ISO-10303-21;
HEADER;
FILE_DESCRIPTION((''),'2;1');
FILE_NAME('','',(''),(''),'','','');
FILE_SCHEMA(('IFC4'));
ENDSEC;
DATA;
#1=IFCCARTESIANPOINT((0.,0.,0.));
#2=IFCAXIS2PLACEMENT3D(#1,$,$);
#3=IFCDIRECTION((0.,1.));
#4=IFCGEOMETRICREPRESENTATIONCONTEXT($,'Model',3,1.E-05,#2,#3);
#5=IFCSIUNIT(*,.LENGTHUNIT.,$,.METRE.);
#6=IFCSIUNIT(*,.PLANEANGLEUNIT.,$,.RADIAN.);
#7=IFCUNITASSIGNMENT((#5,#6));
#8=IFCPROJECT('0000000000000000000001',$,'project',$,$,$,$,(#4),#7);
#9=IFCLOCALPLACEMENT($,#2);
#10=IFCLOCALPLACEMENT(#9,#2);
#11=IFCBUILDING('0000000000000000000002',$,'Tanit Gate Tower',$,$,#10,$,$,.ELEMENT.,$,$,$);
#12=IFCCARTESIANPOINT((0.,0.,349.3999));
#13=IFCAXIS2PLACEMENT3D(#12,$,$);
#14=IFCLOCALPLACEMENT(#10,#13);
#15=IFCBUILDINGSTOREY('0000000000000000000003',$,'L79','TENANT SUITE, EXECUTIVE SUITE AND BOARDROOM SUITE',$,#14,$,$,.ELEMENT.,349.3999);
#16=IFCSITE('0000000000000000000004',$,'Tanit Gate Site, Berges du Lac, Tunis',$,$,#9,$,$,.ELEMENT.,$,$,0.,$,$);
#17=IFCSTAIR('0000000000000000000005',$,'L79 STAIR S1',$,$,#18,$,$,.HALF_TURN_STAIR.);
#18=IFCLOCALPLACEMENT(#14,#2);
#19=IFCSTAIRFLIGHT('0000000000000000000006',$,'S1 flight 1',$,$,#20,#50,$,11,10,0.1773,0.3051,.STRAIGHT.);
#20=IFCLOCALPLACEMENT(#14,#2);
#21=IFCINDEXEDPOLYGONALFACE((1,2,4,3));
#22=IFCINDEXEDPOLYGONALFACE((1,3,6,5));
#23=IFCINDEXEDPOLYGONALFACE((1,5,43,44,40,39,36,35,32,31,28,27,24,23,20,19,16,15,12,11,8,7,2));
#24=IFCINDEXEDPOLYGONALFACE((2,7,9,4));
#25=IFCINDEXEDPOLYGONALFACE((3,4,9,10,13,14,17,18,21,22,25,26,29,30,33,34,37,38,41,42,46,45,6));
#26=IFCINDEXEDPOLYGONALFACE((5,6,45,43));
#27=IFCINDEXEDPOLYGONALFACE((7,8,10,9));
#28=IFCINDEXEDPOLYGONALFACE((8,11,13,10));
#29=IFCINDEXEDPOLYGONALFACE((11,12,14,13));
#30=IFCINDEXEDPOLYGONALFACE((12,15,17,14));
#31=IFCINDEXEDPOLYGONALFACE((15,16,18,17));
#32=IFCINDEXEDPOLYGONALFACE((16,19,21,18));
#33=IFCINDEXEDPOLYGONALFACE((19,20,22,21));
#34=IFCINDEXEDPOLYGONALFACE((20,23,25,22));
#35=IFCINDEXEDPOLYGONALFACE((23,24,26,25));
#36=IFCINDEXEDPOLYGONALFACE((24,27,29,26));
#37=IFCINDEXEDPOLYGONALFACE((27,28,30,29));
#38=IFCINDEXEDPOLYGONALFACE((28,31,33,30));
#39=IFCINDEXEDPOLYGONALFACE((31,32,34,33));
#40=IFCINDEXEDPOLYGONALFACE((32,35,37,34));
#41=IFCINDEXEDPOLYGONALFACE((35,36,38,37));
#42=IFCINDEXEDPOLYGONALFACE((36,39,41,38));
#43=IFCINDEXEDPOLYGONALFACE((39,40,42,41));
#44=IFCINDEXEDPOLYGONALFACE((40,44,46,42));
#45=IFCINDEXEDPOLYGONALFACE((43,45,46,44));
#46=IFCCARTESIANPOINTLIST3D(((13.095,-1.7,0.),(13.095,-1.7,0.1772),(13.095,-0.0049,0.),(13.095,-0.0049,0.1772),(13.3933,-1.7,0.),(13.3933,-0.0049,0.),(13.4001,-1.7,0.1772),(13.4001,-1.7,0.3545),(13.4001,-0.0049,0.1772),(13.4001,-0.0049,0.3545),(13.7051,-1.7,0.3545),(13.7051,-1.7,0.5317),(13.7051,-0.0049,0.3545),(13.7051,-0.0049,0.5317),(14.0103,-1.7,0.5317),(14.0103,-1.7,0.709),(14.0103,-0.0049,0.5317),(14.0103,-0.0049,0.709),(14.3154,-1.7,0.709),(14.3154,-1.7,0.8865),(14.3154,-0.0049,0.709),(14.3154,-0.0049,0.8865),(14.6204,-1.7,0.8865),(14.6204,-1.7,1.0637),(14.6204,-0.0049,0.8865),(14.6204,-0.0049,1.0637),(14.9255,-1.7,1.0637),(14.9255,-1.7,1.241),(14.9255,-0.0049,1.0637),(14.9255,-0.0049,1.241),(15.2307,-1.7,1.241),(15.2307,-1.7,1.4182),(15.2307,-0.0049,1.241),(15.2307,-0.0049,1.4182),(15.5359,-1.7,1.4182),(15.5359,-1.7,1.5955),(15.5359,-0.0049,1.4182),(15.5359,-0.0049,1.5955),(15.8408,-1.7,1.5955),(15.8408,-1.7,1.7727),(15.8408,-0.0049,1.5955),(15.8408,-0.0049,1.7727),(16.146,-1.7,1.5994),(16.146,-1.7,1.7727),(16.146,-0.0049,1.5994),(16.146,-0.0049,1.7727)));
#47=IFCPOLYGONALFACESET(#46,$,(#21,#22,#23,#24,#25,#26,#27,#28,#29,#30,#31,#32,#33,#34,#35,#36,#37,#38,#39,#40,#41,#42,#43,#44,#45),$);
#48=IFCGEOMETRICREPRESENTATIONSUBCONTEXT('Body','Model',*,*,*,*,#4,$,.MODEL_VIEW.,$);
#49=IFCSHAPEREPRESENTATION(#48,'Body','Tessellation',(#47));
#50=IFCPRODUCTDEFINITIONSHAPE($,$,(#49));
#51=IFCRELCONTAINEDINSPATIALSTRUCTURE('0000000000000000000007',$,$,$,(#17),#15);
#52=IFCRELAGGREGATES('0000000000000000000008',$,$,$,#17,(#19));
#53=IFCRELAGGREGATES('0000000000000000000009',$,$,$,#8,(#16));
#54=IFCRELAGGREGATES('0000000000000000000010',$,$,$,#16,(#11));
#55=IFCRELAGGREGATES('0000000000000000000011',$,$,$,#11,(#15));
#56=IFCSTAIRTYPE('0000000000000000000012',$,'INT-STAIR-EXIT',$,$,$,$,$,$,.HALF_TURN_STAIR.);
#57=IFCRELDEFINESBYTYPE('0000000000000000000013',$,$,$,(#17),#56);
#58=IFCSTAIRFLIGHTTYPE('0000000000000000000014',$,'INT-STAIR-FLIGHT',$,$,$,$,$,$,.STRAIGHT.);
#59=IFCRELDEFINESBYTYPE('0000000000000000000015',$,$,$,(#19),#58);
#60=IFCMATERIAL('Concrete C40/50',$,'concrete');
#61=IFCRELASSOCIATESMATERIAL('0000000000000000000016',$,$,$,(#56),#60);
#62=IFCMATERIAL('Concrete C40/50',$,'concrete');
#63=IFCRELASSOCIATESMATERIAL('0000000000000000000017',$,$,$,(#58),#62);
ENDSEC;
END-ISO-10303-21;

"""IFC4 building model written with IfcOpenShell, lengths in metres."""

from ifc_helpers import new_model, si_unit, direction, frame, origin, place, context, subcontext, project, spatial, polyline, outline, extrude, material, type_object, element, aggregate, save


model = new_model("IFC4")

# Units and contexts
model_context = context("Model", 3, precision=1e-05, world=origin(), true_north=direction((0.0, 1.0)))
body_context = subcontext(model_context, "Body", "Model", "MODEL_VIEW")
ifc_project = project(units=[si_unit("LENGTHUNIT", "METRE"), si_unit("PLANEANGLEUNIT", "RADIAN")], contexts=[model_context])

# Site, building, storey
site_placement = place(None, origin())
site = spatial("IfcSite", under=ifc_project, at=site_placement, Name="Tanit Gate Site, Berges du Lac, Tunis", CompositionType="ELEMENT", RefElevation=0.0)
building_placement = place(site_placement, origin())
building = spatial("IfcBuilding", under=site, at=building_placement, Name="Tanit Gate Tower", CompositionType="ELEMENT")
storey_placement = place(building_placement, frame((0.0, 0.0, 349.3999)))
storey = spatial("IfcBuildingStorey", under=building, at=storey_placement, Name="L79", Description="TENANT SUITE, EXECUTIVE SUITE AND BOARDROOM SUITE", CompositionType="ELEMENT", Elevation=349.3999)

# Stair, stair flight
ifc_material_1 = material(Name="Concrete C40/50", Category="concrete")
stair_type = type_object("IfcStairType", Name="INT-STAIR-EXIT", PredefinedType="HALF_TURN_STAIR", material=ifc_material_1)
stair_placement = place(storey_placement, origin())
stair = element("IfcStair", 1, at=stair_placement, inside=storey, type_object=stair_type, Name="L79 STAIR S1", PredefinedType="HALF_TURN_STAIR")
ifc_material_2 = material(Name="Concrete C40/50", Category="concrete")
stair_flight_type = type_object("IfcStairFlightType", Name="INT-STAIR-FLIGHT", PredefinedType="STRAIGHT", material=ifc_material_2)
stair_flight_placement = place(storey_placement, frame((13.095, -0.8525, 0.0), z_axis=(0.0, 0.0, 1.0), x_axis=(1.0, 0.0, 0.0)))
stair_flight = element("IfcStairFlight", 2, at=stair_flight_placement, type_object=stair_flight_type, Name="S1 flight 1", NumberOfRisers=11, NumberOfTreads=10, PredefinedType="STRAIGHT", RiserHeight=0.1773, TreadLength=0.3051, context=body_context, shape_type="SweptSolid", body=[
    extrude(outline(polyline([(0.0, 0.0), (0.0, 0.1772), (0.3052, 0.1772), (0.3052, 0.3545), (0.6101, 0.3545), (0.6101, 0.5317), (0.9153, 0.5317), (0.9153, 0.709), (1.2205, 0.709), (1.2205, 0.8865), (1.5254, 0.8865), (1.5254, 1.0637), (1.8306, 1.0637), (1.8306, 1.241), (2.1357, 1.241), (2.1357, 1.4182), (2.4409, 1.4182), (2.4409, 1.5955), (2.7458, 1.5955), (2.7458, 1.7727), (3.051, 1.7727), (3.051, 1.95), (3.051, 1.5994), (0.2983, 0.0), (0.0, 0.0)])), frame((0.0, 0.8477, 0.0), z_axis=(0.0, -1.0, 0.0), x_axis=(1.0, 0.0, 0.0)), (0.0, 0.0, 1.0), 1.6951),
])
aggregate(stair, [stair_flight])

save(model, "model.ifc")
